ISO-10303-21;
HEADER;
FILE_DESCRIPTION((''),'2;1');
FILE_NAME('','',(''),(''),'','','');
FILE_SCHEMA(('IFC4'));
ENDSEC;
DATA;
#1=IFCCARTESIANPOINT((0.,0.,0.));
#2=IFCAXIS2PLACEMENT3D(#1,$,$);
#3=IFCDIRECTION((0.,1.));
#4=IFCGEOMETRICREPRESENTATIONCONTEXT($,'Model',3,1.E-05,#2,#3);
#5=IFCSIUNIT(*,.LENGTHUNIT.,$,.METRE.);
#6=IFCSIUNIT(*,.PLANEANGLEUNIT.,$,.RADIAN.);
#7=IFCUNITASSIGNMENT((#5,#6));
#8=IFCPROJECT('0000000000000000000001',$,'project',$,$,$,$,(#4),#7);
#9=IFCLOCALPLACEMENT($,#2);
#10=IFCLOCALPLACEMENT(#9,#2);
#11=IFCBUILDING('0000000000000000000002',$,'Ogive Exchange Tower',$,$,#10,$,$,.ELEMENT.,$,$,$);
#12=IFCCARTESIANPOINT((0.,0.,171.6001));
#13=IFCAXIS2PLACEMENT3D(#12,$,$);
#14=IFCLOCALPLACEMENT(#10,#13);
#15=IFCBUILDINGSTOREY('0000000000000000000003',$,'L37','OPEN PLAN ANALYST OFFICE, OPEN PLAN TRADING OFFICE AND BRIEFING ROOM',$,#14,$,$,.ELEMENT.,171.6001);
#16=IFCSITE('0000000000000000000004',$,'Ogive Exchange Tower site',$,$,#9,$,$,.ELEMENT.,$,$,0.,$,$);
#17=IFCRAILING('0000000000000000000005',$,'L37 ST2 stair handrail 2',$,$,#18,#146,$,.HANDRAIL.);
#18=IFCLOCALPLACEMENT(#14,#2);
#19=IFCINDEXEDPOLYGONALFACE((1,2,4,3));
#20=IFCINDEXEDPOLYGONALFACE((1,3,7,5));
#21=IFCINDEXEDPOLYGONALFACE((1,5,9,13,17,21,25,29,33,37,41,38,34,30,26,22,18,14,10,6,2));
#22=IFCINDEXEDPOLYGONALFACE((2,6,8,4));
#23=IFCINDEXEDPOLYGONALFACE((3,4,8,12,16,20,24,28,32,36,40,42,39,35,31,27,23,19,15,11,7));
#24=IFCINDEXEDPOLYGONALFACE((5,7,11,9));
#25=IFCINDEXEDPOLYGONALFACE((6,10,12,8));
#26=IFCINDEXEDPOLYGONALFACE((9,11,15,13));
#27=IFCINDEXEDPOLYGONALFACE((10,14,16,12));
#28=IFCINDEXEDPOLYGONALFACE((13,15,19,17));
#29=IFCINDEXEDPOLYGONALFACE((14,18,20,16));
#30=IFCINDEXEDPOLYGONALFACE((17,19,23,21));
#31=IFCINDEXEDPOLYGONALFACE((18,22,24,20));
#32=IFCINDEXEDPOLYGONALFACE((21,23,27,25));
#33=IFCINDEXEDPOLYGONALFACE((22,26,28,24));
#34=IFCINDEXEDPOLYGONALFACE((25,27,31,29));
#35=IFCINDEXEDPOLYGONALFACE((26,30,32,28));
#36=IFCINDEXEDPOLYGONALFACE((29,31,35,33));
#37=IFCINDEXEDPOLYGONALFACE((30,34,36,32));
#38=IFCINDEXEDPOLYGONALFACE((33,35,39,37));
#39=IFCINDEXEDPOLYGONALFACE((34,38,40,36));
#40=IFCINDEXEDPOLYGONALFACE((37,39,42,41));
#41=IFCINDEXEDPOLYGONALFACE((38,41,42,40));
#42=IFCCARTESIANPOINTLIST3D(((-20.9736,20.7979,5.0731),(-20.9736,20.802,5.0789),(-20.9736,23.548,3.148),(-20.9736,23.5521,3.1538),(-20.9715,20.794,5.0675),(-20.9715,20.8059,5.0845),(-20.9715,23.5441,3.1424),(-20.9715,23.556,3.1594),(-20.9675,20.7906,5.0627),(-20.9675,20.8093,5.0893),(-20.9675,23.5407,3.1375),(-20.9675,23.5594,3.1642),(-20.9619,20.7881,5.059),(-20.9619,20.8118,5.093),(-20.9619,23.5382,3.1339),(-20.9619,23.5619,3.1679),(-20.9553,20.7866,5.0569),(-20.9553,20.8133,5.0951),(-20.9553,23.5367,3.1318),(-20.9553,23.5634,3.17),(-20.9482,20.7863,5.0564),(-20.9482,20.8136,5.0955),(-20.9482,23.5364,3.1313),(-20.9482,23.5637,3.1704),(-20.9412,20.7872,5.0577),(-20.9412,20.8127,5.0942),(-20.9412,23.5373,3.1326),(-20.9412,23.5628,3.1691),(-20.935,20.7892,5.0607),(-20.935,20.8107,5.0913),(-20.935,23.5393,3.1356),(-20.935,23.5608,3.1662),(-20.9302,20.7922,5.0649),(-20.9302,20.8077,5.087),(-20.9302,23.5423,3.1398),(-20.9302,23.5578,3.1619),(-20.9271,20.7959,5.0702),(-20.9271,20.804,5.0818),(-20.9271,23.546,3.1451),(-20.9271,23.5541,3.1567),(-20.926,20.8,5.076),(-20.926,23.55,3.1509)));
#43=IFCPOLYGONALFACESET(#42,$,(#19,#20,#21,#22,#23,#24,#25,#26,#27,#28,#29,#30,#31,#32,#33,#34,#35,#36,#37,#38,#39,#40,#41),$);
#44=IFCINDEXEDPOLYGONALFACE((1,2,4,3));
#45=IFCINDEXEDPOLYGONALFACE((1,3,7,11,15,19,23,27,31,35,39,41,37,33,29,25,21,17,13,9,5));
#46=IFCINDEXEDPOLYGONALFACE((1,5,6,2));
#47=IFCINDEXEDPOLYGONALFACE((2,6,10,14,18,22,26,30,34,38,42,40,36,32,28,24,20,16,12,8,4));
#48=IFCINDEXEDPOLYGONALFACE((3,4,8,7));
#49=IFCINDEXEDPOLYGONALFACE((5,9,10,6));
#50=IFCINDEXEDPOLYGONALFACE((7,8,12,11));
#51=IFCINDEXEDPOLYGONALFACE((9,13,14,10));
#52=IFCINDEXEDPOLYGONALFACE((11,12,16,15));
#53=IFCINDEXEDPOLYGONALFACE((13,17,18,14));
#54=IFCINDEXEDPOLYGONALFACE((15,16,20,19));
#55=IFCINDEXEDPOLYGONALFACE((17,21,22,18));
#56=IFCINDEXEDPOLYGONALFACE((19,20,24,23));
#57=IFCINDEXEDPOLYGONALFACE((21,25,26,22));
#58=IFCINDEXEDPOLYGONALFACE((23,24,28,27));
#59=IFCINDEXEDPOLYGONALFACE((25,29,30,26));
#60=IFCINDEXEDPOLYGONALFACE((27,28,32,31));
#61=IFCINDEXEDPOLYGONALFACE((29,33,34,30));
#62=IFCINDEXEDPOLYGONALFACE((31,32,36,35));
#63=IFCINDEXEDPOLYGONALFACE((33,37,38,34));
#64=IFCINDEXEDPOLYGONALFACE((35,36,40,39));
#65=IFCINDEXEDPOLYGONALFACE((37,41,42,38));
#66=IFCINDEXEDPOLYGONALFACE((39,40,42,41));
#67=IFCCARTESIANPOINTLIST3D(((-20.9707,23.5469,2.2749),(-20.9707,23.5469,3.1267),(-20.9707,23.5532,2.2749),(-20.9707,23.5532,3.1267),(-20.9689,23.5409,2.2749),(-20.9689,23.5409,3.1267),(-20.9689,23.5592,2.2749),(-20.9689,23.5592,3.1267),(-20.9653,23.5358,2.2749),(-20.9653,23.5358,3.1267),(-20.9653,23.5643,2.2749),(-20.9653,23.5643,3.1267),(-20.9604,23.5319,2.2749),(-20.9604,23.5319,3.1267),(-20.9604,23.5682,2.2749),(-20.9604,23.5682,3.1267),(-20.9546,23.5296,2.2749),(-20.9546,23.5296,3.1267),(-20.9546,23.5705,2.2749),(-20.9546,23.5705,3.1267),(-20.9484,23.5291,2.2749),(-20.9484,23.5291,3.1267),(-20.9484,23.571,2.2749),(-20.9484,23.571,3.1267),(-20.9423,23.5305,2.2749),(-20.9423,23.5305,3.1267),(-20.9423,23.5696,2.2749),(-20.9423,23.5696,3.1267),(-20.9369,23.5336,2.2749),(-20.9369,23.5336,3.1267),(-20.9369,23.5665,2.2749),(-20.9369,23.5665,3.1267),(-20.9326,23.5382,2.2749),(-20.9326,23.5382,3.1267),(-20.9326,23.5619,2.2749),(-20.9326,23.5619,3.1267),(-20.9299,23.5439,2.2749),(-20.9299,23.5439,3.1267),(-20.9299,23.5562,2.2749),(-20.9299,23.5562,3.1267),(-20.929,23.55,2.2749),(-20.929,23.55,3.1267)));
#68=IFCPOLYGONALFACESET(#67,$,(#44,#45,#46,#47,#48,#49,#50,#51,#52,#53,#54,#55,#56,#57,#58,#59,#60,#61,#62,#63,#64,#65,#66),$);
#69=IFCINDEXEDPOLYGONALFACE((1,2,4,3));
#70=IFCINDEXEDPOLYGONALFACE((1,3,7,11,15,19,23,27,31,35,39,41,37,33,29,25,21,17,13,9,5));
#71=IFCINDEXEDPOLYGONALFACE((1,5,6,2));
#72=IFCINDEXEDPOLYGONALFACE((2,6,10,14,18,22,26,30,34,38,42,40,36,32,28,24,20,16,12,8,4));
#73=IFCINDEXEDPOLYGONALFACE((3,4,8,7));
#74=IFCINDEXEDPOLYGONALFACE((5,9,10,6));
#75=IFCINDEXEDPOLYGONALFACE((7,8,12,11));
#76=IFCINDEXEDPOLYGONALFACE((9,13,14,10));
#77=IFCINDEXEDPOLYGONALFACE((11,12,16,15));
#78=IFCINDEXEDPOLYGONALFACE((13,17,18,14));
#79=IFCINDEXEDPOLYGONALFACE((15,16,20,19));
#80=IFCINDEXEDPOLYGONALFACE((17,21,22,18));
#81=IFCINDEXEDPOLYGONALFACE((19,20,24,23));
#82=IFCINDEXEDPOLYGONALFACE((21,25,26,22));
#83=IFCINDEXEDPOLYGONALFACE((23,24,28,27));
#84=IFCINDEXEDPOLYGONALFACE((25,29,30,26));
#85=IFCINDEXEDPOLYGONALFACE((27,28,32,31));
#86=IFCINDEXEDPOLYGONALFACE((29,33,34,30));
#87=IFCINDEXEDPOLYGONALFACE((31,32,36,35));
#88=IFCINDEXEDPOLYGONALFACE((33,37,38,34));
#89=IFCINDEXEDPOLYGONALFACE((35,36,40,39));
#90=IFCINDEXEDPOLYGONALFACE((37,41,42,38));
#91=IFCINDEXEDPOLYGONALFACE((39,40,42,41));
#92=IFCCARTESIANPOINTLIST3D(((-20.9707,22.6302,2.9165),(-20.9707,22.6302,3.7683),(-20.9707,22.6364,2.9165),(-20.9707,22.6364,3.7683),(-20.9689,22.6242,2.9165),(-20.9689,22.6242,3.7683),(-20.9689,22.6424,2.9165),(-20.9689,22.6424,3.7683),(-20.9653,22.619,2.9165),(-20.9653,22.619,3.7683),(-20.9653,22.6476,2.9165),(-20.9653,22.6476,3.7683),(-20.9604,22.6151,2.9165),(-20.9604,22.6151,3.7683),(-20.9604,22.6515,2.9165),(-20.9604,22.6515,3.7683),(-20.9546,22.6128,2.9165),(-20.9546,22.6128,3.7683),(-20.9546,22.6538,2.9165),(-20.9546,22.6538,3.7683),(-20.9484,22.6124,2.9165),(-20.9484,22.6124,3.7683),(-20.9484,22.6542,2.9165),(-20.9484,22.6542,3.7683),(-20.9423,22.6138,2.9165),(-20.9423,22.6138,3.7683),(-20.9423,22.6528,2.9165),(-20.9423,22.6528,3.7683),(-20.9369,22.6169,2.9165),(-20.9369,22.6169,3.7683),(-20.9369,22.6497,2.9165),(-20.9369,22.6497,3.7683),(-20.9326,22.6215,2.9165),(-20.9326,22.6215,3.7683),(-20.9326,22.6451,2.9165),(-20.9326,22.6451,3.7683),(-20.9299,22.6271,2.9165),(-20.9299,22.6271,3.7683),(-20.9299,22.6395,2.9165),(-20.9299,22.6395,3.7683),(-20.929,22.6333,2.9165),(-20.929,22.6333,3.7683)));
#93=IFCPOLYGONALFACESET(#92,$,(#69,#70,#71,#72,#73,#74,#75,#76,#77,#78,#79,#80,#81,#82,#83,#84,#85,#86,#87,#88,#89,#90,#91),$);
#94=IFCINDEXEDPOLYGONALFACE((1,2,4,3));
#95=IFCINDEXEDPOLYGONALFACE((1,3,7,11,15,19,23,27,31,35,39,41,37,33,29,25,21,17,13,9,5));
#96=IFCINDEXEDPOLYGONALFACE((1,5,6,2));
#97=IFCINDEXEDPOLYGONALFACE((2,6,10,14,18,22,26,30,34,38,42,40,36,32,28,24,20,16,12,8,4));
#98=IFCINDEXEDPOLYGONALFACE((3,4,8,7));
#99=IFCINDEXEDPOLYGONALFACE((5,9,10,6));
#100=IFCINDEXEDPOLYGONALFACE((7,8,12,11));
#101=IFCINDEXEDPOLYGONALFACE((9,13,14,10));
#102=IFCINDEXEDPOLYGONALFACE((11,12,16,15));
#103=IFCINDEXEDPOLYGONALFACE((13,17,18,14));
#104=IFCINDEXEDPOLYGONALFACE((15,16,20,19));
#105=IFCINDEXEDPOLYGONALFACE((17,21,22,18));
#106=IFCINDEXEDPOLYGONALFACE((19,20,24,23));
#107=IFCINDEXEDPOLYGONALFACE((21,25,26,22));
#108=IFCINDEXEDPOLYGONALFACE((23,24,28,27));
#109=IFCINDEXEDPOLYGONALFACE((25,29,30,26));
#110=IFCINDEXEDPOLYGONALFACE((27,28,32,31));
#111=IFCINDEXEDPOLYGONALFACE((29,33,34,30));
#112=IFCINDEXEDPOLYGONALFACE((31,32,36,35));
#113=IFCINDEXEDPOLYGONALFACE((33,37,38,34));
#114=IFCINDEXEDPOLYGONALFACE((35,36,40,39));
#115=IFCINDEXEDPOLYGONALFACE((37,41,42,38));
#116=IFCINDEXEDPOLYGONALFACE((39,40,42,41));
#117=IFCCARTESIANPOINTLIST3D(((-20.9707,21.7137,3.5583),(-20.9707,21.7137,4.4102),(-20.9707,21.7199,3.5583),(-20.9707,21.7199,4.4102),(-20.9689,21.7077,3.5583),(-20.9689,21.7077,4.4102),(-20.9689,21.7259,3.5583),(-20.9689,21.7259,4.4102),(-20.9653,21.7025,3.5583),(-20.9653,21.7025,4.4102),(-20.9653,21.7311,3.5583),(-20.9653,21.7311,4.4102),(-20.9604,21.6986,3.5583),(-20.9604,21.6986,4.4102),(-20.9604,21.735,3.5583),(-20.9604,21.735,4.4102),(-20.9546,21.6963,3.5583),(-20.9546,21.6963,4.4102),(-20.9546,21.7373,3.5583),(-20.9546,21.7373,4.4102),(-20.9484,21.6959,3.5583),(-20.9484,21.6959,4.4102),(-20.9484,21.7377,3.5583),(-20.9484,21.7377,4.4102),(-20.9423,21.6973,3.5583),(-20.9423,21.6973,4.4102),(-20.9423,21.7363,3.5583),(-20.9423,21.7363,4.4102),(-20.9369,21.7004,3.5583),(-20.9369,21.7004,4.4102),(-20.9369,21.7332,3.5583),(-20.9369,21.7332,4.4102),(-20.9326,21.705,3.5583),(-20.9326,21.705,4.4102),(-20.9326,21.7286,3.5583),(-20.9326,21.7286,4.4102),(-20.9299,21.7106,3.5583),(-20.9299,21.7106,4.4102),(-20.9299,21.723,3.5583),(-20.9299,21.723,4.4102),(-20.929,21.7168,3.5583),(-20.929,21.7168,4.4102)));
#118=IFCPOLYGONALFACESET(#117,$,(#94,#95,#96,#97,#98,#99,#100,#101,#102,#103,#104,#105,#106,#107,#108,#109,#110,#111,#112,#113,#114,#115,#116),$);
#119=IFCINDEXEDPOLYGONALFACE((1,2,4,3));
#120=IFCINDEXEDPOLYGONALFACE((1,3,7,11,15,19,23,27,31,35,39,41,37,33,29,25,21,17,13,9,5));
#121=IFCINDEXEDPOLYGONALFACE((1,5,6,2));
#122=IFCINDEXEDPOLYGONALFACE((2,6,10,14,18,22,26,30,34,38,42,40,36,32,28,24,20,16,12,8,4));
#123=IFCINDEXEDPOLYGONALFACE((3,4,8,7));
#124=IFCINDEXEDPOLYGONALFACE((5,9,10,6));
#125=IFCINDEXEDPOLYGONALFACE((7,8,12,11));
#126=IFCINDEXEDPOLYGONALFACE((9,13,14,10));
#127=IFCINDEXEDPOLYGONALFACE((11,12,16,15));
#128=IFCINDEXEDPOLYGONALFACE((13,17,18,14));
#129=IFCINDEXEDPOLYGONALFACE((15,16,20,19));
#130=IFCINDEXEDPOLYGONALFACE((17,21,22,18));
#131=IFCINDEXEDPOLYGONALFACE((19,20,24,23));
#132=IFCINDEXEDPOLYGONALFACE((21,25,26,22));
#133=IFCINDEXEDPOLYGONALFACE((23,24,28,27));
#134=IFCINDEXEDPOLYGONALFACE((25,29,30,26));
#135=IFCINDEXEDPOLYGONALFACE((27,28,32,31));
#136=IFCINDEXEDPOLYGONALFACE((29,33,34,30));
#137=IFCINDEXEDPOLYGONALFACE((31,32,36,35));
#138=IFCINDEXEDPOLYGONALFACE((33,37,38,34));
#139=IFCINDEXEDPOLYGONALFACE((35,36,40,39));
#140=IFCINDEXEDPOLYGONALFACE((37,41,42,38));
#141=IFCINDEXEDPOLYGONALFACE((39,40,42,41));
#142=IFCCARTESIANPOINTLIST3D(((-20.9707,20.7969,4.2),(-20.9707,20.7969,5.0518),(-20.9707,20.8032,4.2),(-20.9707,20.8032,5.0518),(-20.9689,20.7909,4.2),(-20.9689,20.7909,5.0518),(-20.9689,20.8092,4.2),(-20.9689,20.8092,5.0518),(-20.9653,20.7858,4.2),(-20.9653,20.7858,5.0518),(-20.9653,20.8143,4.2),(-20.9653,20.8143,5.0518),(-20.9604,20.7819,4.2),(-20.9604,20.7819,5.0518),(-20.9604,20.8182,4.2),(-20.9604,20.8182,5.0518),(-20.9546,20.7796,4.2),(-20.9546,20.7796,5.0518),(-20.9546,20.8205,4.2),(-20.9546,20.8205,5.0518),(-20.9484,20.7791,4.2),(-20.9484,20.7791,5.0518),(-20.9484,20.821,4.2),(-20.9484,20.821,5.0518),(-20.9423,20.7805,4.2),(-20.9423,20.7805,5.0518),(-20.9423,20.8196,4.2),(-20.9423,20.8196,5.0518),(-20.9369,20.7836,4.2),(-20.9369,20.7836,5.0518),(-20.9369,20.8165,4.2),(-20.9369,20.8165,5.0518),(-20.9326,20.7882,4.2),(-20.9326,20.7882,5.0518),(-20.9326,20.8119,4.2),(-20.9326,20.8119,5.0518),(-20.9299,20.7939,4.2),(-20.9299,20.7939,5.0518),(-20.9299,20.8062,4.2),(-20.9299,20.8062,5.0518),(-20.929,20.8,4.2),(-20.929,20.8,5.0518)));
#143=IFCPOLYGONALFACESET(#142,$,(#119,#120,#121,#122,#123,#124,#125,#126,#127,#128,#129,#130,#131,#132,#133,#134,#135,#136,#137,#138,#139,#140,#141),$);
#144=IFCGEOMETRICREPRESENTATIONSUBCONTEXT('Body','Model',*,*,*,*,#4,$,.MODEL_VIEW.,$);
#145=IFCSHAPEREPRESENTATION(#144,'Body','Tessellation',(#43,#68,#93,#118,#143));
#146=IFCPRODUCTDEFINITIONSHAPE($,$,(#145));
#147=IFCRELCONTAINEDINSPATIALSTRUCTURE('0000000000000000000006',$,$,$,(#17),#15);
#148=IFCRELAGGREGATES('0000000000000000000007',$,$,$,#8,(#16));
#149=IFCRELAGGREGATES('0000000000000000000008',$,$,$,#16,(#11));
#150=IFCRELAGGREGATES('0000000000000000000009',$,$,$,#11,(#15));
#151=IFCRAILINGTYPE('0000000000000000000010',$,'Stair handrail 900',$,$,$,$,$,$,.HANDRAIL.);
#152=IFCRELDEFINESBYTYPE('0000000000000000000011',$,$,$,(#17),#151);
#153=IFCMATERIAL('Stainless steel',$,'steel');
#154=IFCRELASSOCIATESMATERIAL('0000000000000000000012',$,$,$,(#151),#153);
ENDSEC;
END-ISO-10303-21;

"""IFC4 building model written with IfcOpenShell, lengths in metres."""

from ifc_helpers import new_model, si_unit, direction, frame, origin, origin_2d, place, context, subcontext, project, spatial, circle, extrude, material, type_object, element, save


model = new_model("IFC4")

# Units and contexts
model_context = context("Model", 3, precision=1e-05, world=origin(), true_north=direction((0.0, 1.0)))
body_context = subcontext(model_context, "Body", "Model", "MODEL_VIEW")
ifc_project = project(units=[si_unit("LENGTHUNIT", "METRE"), si_unit("PLANEANGLEUNIT", "RADIAN")], contexts=[model_context])

# Site, building, storey
site_placement = place(None, origin())
site = spatial("IfcSite", under=ifc_project, at=site_placement, Name="Ogive Exchange Tower site", CompositionType="ELEMENT", RefElevation=0.0)
building_placement = place(site_placement, origin())
building = spatial("IfcBuilding", under=site, at=building_placement, Name="Ogive Exchange Tower", CompositionType="ELEMENT")
storey_placement = place(building_placement, frame((0.0, 0.0, 171.6001)))
storey = spatial("IfcBuildingStorey", under=building, at=storey_placement, Name="L37", Description="OPEN PLAN ANALYST OFFICE, OPEN PLAN TRADING OFFICE AND BRIEFING ROOM", CompositionType="ELEMENT", Elevation=171.6001)

# Railing
ifc_material_1 = material(Name="Stainless steel", Category="steel")
railing_type = type_object("IfcRailingType", Name="Stair handrail 900", PredefinedType="HANDRAIL", material=ifc_material_1)
railing_1_placement = place(storey_placement, frame((-20.95, 23.55, 2.2749)))
element("IfcRailing", 1, at=railing_1_placement, inside=storey, type_object=railing_type, Name="L37 ST2 stair handrail 2", PredefinedType="HANDRAIL", context=body_context, shape_type="SweptSolid", body=[
    extrude(circle(Radius=0.0239, at=origin_2d()), frame((0.0, 0.0, 0.876), z_axis=(0.0, -0.819225, 0.573472), x_axis=(1.0, 0.0, 0.0)), (0.0, 0.0, 1.0), 3.3569),
    extrude(circle(Radius=0.021, at=origin_2d()), origin(), (0.0, 0.0, 1.0), 0.8518),
    extrude(circle(Radius=0.021, at=origin_2d()), frame((0.0, -0.9167, 0.6416)), (0.0, 0.0, 1.0), 0.8518),
    extrude(circle(Radius=0.021, at=origin_2d()), frame((0.0, -1.8333, 1.2834)), (0.0, 0.0, 1.0), 0.8518),
    extrude(circle(Radius=0.021, at=origin_2d()), frame((0.0, -2.75, 1.925)), (0.0, 0.0, 1.0), 0.8518),
])

save(model, "model.ifc")
